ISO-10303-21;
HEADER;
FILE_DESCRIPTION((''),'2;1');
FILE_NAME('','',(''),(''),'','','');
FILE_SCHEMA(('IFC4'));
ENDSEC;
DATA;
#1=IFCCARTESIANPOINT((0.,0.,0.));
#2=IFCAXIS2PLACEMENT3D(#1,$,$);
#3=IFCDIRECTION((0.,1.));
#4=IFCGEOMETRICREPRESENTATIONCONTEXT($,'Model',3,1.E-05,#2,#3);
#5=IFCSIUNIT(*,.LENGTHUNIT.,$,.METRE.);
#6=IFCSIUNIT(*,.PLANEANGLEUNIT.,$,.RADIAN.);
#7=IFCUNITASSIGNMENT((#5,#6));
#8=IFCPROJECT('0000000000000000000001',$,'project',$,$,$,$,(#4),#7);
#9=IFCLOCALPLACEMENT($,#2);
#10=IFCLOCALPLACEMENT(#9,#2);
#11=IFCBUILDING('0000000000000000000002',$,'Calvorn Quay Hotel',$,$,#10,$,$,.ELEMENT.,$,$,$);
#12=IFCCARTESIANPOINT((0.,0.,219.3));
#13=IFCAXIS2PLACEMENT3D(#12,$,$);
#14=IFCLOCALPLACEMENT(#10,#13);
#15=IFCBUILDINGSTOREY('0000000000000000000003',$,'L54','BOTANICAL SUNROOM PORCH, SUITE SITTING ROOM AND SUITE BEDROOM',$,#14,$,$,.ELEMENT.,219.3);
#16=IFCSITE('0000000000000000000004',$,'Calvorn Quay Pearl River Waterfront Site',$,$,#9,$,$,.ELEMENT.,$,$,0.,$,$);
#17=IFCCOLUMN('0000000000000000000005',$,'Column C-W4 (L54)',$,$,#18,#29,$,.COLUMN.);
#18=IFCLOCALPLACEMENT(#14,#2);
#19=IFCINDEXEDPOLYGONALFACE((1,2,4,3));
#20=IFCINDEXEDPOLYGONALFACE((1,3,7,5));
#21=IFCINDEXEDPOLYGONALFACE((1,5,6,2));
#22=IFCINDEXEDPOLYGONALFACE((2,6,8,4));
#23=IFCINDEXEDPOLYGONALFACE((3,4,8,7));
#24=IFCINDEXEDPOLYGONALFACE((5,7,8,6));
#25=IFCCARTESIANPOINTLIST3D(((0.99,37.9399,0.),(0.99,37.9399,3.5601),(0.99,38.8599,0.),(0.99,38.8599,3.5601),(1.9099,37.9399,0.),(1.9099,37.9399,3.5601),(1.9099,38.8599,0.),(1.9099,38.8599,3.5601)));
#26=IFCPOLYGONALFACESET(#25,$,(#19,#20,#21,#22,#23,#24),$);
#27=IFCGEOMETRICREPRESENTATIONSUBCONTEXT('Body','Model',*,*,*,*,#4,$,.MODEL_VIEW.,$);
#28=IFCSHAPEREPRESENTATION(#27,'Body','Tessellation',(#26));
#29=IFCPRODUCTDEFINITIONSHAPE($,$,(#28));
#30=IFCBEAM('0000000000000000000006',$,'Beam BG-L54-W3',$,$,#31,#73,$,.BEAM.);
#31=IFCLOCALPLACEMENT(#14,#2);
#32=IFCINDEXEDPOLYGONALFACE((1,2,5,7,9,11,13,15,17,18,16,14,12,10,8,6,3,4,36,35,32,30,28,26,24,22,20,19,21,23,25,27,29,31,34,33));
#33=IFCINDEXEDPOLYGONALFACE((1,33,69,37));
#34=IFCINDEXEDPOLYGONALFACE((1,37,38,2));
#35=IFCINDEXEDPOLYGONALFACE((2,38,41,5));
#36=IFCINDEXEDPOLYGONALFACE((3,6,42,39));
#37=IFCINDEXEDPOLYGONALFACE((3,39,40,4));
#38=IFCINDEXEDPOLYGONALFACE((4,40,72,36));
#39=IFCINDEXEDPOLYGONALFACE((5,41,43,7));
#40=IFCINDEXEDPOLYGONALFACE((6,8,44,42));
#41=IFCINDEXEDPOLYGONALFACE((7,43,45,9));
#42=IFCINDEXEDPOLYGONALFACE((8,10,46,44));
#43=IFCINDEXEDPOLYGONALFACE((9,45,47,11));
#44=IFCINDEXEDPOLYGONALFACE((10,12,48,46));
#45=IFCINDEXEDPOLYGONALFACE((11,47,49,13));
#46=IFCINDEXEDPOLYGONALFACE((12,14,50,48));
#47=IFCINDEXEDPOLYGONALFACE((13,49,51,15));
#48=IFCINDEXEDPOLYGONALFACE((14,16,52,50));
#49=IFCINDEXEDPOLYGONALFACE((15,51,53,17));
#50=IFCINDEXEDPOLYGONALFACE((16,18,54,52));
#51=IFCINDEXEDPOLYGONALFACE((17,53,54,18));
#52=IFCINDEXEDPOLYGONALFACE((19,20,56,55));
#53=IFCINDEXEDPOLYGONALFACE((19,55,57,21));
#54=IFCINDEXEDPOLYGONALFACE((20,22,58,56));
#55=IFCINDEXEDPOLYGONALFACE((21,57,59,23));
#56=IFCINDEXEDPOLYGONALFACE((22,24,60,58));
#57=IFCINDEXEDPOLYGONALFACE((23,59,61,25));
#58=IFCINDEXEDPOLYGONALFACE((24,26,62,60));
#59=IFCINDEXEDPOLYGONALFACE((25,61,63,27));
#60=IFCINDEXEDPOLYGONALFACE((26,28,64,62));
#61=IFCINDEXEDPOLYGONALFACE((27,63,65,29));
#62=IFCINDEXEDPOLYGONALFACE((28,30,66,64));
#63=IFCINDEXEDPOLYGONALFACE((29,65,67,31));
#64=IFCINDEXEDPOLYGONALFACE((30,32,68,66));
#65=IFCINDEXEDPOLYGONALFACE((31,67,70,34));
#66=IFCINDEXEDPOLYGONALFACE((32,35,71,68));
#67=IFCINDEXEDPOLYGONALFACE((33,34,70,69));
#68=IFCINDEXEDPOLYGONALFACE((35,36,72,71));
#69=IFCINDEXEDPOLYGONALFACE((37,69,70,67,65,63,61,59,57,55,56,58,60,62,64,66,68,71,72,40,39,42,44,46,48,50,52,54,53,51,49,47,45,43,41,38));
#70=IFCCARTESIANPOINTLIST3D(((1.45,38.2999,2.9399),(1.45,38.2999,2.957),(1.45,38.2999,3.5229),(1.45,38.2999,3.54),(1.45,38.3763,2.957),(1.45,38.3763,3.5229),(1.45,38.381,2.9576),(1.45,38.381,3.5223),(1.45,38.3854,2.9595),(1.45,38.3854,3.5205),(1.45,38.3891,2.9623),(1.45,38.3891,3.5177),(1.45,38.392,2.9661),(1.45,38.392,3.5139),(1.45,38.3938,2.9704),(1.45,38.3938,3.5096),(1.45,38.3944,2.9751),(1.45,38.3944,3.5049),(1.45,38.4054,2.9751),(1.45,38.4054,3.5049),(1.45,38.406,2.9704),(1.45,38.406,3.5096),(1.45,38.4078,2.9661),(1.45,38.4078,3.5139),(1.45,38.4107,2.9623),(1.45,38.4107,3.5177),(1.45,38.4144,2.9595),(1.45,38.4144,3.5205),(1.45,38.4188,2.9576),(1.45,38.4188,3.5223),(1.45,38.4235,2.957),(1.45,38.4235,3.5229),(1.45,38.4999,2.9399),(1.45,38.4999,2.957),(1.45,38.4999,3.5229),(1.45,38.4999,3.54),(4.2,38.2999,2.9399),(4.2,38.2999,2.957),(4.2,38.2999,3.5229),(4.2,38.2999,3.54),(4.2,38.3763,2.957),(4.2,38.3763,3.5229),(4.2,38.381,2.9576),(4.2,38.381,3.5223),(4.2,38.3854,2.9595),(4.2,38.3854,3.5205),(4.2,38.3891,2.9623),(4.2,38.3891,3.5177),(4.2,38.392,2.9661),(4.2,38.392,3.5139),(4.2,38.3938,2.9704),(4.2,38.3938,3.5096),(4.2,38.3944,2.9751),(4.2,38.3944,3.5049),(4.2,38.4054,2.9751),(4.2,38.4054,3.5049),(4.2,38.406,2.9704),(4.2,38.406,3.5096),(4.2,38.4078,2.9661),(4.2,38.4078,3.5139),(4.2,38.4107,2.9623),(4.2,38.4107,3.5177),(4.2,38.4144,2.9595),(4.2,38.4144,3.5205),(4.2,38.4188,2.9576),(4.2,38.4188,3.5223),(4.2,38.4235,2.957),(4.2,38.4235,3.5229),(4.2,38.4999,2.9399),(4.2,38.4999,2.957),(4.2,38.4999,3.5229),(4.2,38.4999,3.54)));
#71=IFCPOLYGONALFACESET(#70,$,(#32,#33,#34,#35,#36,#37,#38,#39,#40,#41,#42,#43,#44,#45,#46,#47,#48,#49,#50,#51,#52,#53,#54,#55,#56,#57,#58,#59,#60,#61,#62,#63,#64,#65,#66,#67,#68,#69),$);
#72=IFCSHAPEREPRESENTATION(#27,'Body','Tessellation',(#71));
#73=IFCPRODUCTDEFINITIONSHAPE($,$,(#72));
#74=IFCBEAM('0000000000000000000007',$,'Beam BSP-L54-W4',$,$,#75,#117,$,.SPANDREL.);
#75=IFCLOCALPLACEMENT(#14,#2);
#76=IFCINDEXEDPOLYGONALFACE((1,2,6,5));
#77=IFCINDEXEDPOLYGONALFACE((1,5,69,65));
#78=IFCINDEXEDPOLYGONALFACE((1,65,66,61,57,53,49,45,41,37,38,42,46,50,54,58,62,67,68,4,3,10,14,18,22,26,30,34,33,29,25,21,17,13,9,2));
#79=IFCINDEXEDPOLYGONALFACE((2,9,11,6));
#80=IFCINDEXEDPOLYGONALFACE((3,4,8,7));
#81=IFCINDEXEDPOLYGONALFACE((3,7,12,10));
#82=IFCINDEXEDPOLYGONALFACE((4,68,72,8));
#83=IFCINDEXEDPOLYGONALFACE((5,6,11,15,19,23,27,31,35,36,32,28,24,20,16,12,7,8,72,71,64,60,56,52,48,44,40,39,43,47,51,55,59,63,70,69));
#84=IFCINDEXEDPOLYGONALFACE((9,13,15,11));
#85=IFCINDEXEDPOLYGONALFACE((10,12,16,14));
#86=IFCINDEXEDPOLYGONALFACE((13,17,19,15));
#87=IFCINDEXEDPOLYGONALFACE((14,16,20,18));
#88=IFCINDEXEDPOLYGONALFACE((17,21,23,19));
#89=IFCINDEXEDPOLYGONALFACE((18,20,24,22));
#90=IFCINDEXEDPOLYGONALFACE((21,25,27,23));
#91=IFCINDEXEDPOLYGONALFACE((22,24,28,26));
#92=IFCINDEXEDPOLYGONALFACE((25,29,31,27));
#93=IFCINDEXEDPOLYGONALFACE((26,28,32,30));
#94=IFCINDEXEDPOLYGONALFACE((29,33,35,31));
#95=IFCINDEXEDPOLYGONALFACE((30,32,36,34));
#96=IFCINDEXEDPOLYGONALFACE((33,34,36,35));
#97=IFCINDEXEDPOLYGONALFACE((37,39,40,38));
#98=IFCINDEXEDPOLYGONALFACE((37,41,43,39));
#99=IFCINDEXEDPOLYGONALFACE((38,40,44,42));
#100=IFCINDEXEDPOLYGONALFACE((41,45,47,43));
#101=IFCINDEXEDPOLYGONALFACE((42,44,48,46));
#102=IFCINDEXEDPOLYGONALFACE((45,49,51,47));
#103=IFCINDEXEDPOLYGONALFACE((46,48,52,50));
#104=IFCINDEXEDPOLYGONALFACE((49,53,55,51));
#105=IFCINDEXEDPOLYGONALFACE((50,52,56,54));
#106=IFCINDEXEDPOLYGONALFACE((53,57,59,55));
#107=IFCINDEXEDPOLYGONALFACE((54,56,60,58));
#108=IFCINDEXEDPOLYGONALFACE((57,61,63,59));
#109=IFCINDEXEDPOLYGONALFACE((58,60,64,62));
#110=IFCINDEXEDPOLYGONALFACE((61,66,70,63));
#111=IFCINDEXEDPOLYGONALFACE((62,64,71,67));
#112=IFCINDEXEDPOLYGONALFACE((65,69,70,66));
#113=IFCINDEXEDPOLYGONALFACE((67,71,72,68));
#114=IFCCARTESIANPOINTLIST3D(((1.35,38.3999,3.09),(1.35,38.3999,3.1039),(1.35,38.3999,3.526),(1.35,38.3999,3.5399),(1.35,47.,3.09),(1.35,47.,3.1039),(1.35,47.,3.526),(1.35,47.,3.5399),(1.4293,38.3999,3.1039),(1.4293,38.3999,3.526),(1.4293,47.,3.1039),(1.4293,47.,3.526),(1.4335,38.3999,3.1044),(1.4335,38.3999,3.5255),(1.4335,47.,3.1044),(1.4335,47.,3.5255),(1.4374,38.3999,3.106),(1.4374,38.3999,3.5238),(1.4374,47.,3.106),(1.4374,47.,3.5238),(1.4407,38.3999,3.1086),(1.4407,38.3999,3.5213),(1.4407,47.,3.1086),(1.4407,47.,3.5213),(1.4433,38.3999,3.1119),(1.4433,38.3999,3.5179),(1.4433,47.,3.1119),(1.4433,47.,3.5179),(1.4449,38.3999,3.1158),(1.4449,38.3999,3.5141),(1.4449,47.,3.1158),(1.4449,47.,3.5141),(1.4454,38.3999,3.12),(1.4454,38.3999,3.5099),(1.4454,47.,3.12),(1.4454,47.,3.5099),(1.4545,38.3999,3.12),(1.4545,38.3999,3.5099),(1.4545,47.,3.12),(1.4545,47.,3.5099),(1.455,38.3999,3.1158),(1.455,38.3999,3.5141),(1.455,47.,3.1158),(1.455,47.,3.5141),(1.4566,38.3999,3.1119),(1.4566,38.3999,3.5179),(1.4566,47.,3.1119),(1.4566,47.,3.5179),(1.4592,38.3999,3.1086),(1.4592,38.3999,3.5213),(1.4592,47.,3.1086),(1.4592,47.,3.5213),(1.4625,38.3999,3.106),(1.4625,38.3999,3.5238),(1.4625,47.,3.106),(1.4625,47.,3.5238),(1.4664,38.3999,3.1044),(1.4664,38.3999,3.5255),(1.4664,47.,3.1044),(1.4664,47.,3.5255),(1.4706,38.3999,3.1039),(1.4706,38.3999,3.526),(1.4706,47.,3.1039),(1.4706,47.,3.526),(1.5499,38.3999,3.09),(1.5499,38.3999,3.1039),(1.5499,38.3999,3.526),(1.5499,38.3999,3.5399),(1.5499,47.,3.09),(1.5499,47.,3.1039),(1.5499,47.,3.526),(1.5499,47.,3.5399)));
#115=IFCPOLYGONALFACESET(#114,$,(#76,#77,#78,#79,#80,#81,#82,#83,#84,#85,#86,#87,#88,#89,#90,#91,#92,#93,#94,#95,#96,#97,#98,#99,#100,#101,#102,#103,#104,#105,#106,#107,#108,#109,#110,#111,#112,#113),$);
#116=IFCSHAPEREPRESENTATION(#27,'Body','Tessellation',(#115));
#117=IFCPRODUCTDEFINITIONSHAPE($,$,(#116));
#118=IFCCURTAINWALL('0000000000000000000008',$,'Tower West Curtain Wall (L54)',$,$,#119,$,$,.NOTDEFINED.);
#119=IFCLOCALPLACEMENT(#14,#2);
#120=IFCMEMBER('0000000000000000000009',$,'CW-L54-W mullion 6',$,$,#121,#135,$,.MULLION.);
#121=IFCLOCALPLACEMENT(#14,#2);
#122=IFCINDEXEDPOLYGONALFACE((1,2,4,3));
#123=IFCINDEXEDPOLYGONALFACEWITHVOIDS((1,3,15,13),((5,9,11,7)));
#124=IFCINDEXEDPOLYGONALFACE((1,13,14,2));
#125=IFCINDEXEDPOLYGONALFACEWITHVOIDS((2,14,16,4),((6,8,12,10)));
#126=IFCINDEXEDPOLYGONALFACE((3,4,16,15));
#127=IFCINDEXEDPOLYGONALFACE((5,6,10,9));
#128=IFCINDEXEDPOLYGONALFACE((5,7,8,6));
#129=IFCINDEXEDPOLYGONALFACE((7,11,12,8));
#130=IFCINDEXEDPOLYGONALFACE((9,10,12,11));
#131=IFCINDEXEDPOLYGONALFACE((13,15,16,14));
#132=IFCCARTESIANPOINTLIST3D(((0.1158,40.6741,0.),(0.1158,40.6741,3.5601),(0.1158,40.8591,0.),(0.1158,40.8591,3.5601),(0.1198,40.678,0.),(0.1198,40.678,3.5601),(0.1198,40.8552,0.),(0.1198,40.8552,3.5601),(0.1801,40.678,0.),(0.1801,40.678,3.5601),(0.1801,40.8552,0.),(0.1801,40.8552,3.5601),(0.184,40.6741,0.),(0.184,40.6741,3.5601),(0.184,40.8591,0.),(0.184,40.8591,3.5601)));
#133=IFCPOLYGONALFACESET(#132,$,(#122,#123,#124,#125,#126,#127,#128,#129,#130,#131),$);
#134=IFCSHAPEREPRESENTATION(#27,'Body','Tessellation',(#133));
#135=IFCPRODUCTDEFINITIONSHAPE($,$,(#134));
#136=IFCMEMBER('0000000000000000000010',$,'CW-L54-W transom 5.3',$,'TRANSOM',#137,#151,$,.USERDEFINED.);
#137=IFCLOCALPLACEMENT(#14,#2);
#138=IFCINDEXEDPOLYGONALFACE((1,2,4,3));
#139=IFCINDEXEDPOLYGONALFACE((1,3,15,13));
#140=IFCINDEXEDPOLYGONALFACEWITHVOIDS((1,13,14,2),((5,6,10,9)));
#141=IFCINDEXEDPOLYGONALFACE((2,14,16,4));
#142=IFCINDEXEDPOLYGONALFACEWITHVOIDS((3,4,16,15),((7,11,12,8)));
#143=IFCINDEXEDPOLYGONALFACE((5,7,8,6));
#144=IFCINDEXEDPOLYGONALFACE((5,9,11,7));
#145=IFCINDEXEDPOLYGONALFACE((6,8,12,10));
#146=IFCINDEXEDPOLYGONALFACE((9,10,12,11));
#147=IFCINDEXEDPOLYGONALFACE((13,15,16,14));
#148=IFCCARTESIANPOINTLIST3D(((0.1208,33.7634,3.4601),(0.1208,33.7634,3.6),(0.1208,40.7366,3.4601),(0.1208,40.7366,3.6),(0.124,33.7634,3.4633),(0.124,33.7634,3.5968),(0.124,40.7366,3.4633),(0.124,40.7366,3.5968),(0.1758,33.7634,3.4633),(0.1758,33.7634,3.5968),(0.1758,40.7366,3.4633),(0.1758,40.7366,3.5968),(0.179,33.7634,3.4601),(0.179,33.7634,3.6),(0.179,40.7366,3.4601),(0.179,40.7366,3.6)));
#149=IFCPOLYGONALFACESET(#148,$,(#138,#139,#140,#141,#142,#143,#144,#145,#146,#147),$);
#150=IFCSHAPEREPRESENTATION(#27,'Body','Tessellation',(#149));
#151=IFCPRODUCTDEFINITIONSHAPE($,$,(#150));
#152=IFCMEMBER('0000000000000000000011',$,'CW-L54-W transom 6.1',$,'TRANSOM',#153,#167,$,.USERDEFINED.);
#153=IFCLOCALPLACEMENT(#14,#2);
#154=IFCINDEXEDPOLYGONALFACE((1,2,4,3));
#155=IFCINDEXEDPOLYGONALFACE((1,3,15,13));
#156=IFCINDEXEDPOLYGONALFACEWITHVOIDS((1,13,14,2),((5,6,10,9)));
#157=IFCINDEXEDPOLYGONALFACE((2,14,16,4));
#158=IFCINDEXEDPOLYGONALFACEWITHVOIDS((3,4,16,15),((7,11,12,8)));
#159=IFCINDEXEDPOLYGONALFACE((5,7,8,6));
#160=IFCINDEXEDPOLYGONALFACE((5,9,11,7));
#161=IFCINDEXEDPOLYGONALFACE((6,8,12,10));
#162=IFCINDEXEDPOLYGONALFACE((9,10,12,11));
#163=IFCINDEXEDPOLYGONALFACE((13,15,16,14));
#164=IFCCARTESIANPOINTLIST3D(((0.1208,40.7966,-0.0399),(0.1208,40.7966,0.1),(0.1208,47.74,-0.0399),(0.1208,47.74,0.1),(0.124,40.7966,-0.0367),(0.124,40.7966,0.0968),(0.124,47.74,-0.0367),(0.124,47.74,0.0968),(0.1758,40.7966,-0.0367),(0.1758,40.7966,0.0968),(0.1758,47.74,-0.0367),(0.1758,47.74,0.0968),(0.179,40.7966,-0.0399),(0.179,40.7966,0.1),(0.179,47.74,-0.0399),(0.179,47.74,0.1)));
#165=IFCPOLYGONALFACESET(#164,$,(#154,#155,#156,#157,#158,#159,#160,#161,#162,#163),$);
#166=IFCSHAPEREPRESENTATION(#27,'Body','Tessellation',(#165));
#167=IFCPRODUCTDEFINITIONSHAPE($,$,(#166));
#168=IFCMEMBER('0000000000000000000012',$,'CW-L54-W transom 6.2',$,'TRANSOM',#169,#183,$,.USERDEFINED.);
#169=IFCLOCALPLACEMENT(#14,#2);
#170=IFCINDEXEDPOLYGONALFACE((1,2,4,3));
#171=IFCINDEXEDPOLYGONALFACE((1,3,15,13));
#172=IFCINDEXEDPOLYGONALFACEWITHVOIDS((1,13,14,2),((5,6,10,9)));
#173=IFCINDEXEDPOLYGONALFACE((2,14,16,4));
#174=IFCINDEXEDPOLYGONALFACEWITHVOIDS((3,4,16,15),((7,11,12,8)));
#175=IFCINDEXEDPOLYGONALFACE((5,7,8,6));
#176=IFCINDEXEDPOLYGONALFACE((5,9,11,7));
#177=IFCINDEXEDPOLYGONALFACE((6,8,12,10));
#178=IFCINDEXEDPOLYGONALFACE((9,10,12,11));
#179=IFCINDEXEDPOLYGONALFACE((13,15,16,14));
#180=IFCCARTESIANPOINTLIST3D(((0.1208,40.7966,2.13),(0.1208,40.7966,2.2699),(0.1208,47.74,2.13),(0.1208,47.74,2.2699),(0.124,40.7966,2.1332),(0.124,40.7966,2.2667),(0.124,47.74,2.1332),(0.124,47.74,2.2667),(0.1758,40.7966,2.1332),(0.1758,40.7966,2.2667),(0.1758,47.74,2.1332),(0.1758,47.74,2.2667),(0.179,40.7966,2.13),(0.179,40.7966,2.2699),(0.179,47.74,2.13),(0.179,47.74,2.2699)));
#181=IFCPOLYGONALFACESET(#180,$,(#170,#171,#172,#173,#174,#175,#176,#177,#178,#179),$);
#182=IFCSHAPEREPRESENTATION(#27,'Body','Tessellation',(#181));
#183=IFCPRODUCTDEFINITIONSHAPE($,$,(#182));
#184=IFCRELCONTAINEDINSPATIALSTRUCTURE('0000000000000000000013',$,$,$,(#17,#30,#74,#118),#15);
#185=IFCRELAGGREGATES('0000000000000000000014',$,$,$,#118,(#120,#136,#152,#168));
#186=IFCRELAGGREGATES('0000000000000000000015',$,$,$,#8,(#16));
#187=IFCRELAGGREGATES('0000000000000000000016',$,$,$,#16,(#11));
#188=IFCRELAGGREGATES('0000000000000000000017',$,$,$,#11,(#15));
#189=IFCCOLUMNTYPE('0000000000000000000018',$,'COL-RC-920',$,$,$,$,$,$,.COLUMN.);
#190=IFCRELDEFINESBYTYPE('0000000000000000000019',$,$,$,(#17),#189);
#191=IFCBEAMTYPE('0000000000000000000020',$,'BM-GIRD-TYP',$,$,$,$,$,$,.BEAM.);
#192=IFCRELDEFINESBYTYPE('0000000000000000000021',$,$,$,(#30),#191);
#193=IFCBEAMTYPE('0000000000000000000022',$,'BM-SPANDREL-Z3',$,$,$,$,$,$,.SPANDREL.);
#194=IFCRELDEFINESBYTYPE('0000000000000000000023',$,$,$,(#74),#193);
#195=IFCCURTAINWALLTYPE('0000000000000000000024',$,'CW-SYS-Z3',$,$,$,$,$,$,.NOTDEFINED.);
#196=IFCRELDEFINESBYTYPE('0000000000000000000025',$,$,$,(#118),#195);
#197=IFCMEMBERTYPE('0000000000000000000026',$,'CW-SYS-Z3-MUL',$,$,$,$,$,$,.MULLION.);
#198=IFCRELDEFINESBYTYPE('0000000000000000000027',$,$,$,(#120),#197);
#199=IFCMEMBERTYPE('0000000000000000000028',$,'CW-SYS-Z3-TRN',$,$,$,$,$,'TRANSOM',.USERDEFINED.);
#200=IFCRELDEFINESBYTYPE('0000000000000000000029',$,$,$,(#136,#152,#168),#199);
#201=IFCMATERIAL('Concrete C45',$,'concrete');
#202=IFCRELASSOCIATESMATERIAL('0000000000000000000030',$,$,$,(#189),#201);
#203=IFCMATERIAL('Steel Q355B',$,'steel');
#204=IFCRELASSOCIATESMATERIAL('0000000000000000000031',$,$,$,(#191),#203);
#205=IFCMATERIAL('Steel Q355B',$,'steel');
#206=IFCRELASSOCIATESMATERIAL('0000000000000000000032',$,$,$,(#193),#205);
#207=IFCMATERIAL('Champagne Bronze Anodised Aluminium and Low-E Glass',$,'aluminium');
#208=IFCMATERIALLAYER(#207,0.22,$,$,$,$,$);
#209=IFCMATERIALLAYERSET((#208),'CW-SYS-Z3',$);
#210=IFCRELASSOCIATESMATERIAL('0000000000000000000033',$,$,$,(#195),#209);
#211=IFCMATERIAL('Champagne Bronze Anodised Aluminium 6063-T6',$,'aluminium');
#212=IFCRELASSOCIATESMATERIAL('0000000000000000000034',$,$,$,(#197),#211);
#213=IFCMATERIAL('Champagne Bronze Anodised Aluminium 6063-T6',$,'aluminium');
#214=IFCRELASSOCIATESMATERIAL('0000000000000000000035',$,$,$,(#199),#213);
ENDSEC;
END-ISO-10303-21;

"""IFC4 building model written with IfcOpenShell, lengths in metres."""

from ifc_helpers import new_model, si_unit, direction, frame, origin, origin_2d, place, context, subcontext, project, spatial, rectangle, hollow_rectangle, i_section, extrude, material, layer, layer_set, material_profile, profile_set, type_object, element, aggregate, save


model = new_model("IFC4")

# Units and contexts
model_context = context("Model", 3, precision=1e-05, world=origin(), true_north=direction((0.0, 1.0)))
body_context = subcontext(model_context, "Body", "Model", "MODEL_VIEW")
ifc_project = project(units=[si_unit("LENGTHUNIT", "METRE"), si_unit("PLANEANGLEUNIT", "RADIAN")], contexts=[model_context])

# Site, building, storey
site_placement = place(None, origin())
site = spatial("IfcSite", under=ifc_project, at=site_placement, Name="Calvorn Quay Pearl River Waterfront Site", CompositionType="ELEMENT", RefElevation=0.0)
building_placement = place(site_placement, origin())
building = spatial("IfcBuilding", under=site, at=building_placement, Name="Calvorn Quay Hotel", CompositionType="ELEMENT")
storey_placement = place(building_placement, frame((0.0, 0.0, 219.3)))
storey = spatial("IfcBuildingStorey", under=building, at=storey_placement, Name="L54", Description="BOTANICAL SUNROOM PORCH, SUITE SITTING ROOM AND SUITE BEDROOM", CompositionType="ELEMENT", Elevation=219.3)

# Column
ifc_material_1 = material(Name="Concrete C45", Category="concrete")
ifc_material_profile_1 = material_profile(ifc_material_1, rectangle(XDim=0.9199, YDim=0.9199, at=origin_2d()), Name="RC920x920")
ifc_profile_set_1 = profile_set([ifc_material_profile_1], Name="Concrete C45")
column_type = type_object("IfcColumnType", Name="COL-RC-920", PredefinedType="COLUMN", material=ifc_profile_set_1)
column_placement = place(storey_placement, frame((1.45, 38.3999, 0.0), z_axis=(0.0, 0.0, 1.0), x_axis=(1.0, 0.0, 0.0)))
element("IfcColumn", 1, at=column_placement, inside=storey, type_object=column_type, Name="Column C-W4 (L54)", PredefinedType="COLUMN", context=body_context, shape_type="SweptSolid", body=[
    extrude(rectangle(XDim=0.9199, YDim=0.9199, at=origin_2d()), origin(), (0.0, 0.0, 1.0), 3.5601),
])

# Beams
ifc_material_2 = material(Name="Steel Q355B", Category="steel")
ifc_material_profile_2 = material_profile(ifc_material_2, i_section(OverallWidth=0.2, OverallDepth=0.6001, WebThickness=0.011, FlangeThickness=0.0171, FilletRadius=0.0181, at=origin_2d()), Name="HN600x200x11x17")
ifc_profile_set_2 = profile_set([ifc_material_profile_2], Name="Steel Q355B")
beam_type_1 = type_object("IfcBeamType", Name="BM-GIRD-TYP", PredefinedType="BEAM", material=ifc_profile_set_2)
beam_1_placement = place(storey_placement, frame((1.45, 38.3999, 3.24), z_axis=(1.0, 0.0, 0.0), x_axis=(0.0, 1.0, 0.0)))
element("IfcBeam", 2, at=beam_1_placement, inside=storey, type_object=beam_type_1, Name="Beam BG-L54-W3", PredefinedType="BEAM", context=body_context, shape_type="SweptSolid", body=[
    extrude(i_section(OverallWidth=0.2, OverallDepth=0.6001, WebThickness=0.011, FlangeThickness=0.0171, FilletRadius=0.0181, at=origin_2d()), origin(), (0.0, 0.0, 1.0), 2.75),
])
ifc_material_3 = material(Name="Steel Q355B", Category="steel")
ifc_material_profile_3 = material_profile(ifc_material_3, i_section(OverallWidth=0.2, OverallDepth=0.45, WebThickness=0.009, FlangeThickness=0.0139, FilletRadius=0.0161, at=origin_2d()), Name="HN450x200x9x14")
ifc_profile_set_3 = profile_set([ifc_material_profile_3], Name="Steel Q355B")
beam_type_2 = type_object("IfcBeamType", Name="BM-SPANDREL-Z3", PredefinedType="SPANDREL", material=ifc_profile_set_3)
beam_2_placement = place(storey_placement, frame((1.45, 38.3999, 3.3149), z_axis=(0.0, 1.0, 0.0), x_axis=(-1.0, 0.0, 0.0)))
element("IfcBeam", 3, at=beam_2_placement, inside=storey, type_object=beam_type_2, Name="Beam BSP-L54-W4", PredefinedType="SPANDREL", context=body_context, shape_type="SweptSolid", body=[
    extrude(i_section(OverallWidth=0.2, OverallDepth=0.45, WebThickness=0.009, FlangeThickness=0.0139, FilletRadius=0.0161, at=origin_2d()), origin(), (0.0, 0.0, 1.0), 8.6001),
])

# Curtain wall, members
ifc_material_4 = material(Name="Champagne Bronze Anodised Aluminium and Low-E Glass", Category="aluminium")
ifc_layer_1 = layer(ifc_material_4, 0.22)
ifc_layer_set_1 = layer_set([ifc_layer_1], Name="CW-SYS-Z3")
curtain_wall_type = type_object("IfcCurtainWallType", Name="CW-SYS-Z3", PredefinedType="NOTDEFINED", material=ifc_layer_set_1)
curtain_wall_placement = place(storey_placement, origin())
curtain_wall = element("IfcCurtainWall", 4, at=curtain_wall_placement, inside=storey, type_object=curtain_wall_type, Name="Tower West Curtain Wall (L54)", PredefinedType="NOTDEFINED")
ifc_material_5 = material(Name="Champagne Bronze Anodised Aluminium 6063-T6", Category="aluminium")
ifc_material_profile_4 = material_profile(ifc_material_5, hollow_rectangle(XDim=0.0681, YDim=0.1851, WallThickness=0.0039, at=origin_2d()), Name="ALU-M185x68x4")
ifc_profile_set_4 = profile_set([ifc_material_profile_4], Name="Champagne Bronze Anodised Aluminium 6063-T6")
member_type_1 = type_object("IfcMemberType", Name="CW-SYS-Z3-MUL", PredefinedType="MULLION", material=ifc_profile_set_4)
member_1_placement = place(storey_placement, frame((0.1499, 40.7666, 0.0), z_axis=(0.0, 0.0, 1.0), x_axis=(-1.0, 0.0, 0.0)))
member_1 = element("IfcMember", 5, at=member_1_placement, type_object=member_type_1, Name="CW-L54-W mullion 6", PredefinedType="MULLION", context=body_context, shape_type="SweptSolid", body=[
    extrude(hollow_rectangle(XDim=0.0681, YDim=0.1851, WallThickness=0.0039, at=origin_2d()), origin(), (0.0, 0.0, 1.0), 3.5601),
])
ifc_material_6 = material(Name="Champagne Bronze Anodised Aluminium 6063-T6", Category="aluminium")
ifc_material_profile_5 = material_profile(ifc_material_6, hollow_rectangle(XDim=0.0581, YDim=0.1399, WallThickness=0.0032, at=origin_2d()), Name="ALU-T140x58x3.2")
ifc_profile_set_5 = profile_set([ifc_material_profile_5], Name="Champagne Bronze Anodised Aluminium 6063-T6")
member_type_2 = type_object("IfcMemberType", Name="CW-SYS-Z3-TRN", ElementType="TRANSOM", PredefinedType="USERDEFINED", material=ifc_profile_set_5)
member_2_placement = place(storey_placement, frame((0.1499, 33.7634, 3.53), z_axis=(0.0, 1.0, 0.0), x_axis=(-1.0, 0.0, 0.0)))
member_2 = element("IfcMember", 6, at=member_2_placement, type_object=member_type_2, Name="CW-L54-W transom 5.3", ObjectType="TRANSOM", PredefinedType="USERDEFINED", context=body_context, shape_type="SweptSolid", body=[
    extrude(hollow_rectangle(XDim=0.0581, YDim=0.1399, WallThickness=0.0032, at=origin_2d()), origin(), (0.0, 0.0, 1.0), 6.9731),
])
member_3_placement = place(storey_placement, frame((0.1499, 40.7966, 0.03), z_axis=(0.0, 1.0, 0.0), x_axis=(-1.0, 0.0, 0.0)))
member_3 = element("IfcMember", 7, at=member_3_placement, type_object=member_type_2, Name="CW-L54-W transom 6.1", ObjectType="TRANSOM", PredefinedType="USERDEFINED", context=body_context, shape_type="SweptSolid", body=[
    extrude(hollow_rectangle(XDim=0.0581, YDim=0.1399, WallThickness=0.0032, at=origin_2d()), origin(), (0.0, 0.0, 1.0), 6.9434),
])
member_4_placement = place(storey_placement, frame((0.1499, 40.7966, 2.2), z_axis=(0.0, 1.0, 0.0), x_axis=(-1.0, 0.0, 0.0)))
member_4 = element("IfcMember", 8, at=member_4_placement, type_object=member_type_2, Name="CW-L54-W transom 6.2", ObjectType="TRANSOM", PredefinedType="USERDEFINED", context=body_context, shape_type="SweptSolid", body=[
    extrude(hollow_rectangle(XDim=0.0581, YDim=0.1399, WallThickness=0.0032, at=origin_2d()), origin(), (0.0, 0.0, 1.0), 6.9434),
])
aggregate(curtain_wall, [member_1, member_2, member_3, member_4])

save(model, "model.ifc")
